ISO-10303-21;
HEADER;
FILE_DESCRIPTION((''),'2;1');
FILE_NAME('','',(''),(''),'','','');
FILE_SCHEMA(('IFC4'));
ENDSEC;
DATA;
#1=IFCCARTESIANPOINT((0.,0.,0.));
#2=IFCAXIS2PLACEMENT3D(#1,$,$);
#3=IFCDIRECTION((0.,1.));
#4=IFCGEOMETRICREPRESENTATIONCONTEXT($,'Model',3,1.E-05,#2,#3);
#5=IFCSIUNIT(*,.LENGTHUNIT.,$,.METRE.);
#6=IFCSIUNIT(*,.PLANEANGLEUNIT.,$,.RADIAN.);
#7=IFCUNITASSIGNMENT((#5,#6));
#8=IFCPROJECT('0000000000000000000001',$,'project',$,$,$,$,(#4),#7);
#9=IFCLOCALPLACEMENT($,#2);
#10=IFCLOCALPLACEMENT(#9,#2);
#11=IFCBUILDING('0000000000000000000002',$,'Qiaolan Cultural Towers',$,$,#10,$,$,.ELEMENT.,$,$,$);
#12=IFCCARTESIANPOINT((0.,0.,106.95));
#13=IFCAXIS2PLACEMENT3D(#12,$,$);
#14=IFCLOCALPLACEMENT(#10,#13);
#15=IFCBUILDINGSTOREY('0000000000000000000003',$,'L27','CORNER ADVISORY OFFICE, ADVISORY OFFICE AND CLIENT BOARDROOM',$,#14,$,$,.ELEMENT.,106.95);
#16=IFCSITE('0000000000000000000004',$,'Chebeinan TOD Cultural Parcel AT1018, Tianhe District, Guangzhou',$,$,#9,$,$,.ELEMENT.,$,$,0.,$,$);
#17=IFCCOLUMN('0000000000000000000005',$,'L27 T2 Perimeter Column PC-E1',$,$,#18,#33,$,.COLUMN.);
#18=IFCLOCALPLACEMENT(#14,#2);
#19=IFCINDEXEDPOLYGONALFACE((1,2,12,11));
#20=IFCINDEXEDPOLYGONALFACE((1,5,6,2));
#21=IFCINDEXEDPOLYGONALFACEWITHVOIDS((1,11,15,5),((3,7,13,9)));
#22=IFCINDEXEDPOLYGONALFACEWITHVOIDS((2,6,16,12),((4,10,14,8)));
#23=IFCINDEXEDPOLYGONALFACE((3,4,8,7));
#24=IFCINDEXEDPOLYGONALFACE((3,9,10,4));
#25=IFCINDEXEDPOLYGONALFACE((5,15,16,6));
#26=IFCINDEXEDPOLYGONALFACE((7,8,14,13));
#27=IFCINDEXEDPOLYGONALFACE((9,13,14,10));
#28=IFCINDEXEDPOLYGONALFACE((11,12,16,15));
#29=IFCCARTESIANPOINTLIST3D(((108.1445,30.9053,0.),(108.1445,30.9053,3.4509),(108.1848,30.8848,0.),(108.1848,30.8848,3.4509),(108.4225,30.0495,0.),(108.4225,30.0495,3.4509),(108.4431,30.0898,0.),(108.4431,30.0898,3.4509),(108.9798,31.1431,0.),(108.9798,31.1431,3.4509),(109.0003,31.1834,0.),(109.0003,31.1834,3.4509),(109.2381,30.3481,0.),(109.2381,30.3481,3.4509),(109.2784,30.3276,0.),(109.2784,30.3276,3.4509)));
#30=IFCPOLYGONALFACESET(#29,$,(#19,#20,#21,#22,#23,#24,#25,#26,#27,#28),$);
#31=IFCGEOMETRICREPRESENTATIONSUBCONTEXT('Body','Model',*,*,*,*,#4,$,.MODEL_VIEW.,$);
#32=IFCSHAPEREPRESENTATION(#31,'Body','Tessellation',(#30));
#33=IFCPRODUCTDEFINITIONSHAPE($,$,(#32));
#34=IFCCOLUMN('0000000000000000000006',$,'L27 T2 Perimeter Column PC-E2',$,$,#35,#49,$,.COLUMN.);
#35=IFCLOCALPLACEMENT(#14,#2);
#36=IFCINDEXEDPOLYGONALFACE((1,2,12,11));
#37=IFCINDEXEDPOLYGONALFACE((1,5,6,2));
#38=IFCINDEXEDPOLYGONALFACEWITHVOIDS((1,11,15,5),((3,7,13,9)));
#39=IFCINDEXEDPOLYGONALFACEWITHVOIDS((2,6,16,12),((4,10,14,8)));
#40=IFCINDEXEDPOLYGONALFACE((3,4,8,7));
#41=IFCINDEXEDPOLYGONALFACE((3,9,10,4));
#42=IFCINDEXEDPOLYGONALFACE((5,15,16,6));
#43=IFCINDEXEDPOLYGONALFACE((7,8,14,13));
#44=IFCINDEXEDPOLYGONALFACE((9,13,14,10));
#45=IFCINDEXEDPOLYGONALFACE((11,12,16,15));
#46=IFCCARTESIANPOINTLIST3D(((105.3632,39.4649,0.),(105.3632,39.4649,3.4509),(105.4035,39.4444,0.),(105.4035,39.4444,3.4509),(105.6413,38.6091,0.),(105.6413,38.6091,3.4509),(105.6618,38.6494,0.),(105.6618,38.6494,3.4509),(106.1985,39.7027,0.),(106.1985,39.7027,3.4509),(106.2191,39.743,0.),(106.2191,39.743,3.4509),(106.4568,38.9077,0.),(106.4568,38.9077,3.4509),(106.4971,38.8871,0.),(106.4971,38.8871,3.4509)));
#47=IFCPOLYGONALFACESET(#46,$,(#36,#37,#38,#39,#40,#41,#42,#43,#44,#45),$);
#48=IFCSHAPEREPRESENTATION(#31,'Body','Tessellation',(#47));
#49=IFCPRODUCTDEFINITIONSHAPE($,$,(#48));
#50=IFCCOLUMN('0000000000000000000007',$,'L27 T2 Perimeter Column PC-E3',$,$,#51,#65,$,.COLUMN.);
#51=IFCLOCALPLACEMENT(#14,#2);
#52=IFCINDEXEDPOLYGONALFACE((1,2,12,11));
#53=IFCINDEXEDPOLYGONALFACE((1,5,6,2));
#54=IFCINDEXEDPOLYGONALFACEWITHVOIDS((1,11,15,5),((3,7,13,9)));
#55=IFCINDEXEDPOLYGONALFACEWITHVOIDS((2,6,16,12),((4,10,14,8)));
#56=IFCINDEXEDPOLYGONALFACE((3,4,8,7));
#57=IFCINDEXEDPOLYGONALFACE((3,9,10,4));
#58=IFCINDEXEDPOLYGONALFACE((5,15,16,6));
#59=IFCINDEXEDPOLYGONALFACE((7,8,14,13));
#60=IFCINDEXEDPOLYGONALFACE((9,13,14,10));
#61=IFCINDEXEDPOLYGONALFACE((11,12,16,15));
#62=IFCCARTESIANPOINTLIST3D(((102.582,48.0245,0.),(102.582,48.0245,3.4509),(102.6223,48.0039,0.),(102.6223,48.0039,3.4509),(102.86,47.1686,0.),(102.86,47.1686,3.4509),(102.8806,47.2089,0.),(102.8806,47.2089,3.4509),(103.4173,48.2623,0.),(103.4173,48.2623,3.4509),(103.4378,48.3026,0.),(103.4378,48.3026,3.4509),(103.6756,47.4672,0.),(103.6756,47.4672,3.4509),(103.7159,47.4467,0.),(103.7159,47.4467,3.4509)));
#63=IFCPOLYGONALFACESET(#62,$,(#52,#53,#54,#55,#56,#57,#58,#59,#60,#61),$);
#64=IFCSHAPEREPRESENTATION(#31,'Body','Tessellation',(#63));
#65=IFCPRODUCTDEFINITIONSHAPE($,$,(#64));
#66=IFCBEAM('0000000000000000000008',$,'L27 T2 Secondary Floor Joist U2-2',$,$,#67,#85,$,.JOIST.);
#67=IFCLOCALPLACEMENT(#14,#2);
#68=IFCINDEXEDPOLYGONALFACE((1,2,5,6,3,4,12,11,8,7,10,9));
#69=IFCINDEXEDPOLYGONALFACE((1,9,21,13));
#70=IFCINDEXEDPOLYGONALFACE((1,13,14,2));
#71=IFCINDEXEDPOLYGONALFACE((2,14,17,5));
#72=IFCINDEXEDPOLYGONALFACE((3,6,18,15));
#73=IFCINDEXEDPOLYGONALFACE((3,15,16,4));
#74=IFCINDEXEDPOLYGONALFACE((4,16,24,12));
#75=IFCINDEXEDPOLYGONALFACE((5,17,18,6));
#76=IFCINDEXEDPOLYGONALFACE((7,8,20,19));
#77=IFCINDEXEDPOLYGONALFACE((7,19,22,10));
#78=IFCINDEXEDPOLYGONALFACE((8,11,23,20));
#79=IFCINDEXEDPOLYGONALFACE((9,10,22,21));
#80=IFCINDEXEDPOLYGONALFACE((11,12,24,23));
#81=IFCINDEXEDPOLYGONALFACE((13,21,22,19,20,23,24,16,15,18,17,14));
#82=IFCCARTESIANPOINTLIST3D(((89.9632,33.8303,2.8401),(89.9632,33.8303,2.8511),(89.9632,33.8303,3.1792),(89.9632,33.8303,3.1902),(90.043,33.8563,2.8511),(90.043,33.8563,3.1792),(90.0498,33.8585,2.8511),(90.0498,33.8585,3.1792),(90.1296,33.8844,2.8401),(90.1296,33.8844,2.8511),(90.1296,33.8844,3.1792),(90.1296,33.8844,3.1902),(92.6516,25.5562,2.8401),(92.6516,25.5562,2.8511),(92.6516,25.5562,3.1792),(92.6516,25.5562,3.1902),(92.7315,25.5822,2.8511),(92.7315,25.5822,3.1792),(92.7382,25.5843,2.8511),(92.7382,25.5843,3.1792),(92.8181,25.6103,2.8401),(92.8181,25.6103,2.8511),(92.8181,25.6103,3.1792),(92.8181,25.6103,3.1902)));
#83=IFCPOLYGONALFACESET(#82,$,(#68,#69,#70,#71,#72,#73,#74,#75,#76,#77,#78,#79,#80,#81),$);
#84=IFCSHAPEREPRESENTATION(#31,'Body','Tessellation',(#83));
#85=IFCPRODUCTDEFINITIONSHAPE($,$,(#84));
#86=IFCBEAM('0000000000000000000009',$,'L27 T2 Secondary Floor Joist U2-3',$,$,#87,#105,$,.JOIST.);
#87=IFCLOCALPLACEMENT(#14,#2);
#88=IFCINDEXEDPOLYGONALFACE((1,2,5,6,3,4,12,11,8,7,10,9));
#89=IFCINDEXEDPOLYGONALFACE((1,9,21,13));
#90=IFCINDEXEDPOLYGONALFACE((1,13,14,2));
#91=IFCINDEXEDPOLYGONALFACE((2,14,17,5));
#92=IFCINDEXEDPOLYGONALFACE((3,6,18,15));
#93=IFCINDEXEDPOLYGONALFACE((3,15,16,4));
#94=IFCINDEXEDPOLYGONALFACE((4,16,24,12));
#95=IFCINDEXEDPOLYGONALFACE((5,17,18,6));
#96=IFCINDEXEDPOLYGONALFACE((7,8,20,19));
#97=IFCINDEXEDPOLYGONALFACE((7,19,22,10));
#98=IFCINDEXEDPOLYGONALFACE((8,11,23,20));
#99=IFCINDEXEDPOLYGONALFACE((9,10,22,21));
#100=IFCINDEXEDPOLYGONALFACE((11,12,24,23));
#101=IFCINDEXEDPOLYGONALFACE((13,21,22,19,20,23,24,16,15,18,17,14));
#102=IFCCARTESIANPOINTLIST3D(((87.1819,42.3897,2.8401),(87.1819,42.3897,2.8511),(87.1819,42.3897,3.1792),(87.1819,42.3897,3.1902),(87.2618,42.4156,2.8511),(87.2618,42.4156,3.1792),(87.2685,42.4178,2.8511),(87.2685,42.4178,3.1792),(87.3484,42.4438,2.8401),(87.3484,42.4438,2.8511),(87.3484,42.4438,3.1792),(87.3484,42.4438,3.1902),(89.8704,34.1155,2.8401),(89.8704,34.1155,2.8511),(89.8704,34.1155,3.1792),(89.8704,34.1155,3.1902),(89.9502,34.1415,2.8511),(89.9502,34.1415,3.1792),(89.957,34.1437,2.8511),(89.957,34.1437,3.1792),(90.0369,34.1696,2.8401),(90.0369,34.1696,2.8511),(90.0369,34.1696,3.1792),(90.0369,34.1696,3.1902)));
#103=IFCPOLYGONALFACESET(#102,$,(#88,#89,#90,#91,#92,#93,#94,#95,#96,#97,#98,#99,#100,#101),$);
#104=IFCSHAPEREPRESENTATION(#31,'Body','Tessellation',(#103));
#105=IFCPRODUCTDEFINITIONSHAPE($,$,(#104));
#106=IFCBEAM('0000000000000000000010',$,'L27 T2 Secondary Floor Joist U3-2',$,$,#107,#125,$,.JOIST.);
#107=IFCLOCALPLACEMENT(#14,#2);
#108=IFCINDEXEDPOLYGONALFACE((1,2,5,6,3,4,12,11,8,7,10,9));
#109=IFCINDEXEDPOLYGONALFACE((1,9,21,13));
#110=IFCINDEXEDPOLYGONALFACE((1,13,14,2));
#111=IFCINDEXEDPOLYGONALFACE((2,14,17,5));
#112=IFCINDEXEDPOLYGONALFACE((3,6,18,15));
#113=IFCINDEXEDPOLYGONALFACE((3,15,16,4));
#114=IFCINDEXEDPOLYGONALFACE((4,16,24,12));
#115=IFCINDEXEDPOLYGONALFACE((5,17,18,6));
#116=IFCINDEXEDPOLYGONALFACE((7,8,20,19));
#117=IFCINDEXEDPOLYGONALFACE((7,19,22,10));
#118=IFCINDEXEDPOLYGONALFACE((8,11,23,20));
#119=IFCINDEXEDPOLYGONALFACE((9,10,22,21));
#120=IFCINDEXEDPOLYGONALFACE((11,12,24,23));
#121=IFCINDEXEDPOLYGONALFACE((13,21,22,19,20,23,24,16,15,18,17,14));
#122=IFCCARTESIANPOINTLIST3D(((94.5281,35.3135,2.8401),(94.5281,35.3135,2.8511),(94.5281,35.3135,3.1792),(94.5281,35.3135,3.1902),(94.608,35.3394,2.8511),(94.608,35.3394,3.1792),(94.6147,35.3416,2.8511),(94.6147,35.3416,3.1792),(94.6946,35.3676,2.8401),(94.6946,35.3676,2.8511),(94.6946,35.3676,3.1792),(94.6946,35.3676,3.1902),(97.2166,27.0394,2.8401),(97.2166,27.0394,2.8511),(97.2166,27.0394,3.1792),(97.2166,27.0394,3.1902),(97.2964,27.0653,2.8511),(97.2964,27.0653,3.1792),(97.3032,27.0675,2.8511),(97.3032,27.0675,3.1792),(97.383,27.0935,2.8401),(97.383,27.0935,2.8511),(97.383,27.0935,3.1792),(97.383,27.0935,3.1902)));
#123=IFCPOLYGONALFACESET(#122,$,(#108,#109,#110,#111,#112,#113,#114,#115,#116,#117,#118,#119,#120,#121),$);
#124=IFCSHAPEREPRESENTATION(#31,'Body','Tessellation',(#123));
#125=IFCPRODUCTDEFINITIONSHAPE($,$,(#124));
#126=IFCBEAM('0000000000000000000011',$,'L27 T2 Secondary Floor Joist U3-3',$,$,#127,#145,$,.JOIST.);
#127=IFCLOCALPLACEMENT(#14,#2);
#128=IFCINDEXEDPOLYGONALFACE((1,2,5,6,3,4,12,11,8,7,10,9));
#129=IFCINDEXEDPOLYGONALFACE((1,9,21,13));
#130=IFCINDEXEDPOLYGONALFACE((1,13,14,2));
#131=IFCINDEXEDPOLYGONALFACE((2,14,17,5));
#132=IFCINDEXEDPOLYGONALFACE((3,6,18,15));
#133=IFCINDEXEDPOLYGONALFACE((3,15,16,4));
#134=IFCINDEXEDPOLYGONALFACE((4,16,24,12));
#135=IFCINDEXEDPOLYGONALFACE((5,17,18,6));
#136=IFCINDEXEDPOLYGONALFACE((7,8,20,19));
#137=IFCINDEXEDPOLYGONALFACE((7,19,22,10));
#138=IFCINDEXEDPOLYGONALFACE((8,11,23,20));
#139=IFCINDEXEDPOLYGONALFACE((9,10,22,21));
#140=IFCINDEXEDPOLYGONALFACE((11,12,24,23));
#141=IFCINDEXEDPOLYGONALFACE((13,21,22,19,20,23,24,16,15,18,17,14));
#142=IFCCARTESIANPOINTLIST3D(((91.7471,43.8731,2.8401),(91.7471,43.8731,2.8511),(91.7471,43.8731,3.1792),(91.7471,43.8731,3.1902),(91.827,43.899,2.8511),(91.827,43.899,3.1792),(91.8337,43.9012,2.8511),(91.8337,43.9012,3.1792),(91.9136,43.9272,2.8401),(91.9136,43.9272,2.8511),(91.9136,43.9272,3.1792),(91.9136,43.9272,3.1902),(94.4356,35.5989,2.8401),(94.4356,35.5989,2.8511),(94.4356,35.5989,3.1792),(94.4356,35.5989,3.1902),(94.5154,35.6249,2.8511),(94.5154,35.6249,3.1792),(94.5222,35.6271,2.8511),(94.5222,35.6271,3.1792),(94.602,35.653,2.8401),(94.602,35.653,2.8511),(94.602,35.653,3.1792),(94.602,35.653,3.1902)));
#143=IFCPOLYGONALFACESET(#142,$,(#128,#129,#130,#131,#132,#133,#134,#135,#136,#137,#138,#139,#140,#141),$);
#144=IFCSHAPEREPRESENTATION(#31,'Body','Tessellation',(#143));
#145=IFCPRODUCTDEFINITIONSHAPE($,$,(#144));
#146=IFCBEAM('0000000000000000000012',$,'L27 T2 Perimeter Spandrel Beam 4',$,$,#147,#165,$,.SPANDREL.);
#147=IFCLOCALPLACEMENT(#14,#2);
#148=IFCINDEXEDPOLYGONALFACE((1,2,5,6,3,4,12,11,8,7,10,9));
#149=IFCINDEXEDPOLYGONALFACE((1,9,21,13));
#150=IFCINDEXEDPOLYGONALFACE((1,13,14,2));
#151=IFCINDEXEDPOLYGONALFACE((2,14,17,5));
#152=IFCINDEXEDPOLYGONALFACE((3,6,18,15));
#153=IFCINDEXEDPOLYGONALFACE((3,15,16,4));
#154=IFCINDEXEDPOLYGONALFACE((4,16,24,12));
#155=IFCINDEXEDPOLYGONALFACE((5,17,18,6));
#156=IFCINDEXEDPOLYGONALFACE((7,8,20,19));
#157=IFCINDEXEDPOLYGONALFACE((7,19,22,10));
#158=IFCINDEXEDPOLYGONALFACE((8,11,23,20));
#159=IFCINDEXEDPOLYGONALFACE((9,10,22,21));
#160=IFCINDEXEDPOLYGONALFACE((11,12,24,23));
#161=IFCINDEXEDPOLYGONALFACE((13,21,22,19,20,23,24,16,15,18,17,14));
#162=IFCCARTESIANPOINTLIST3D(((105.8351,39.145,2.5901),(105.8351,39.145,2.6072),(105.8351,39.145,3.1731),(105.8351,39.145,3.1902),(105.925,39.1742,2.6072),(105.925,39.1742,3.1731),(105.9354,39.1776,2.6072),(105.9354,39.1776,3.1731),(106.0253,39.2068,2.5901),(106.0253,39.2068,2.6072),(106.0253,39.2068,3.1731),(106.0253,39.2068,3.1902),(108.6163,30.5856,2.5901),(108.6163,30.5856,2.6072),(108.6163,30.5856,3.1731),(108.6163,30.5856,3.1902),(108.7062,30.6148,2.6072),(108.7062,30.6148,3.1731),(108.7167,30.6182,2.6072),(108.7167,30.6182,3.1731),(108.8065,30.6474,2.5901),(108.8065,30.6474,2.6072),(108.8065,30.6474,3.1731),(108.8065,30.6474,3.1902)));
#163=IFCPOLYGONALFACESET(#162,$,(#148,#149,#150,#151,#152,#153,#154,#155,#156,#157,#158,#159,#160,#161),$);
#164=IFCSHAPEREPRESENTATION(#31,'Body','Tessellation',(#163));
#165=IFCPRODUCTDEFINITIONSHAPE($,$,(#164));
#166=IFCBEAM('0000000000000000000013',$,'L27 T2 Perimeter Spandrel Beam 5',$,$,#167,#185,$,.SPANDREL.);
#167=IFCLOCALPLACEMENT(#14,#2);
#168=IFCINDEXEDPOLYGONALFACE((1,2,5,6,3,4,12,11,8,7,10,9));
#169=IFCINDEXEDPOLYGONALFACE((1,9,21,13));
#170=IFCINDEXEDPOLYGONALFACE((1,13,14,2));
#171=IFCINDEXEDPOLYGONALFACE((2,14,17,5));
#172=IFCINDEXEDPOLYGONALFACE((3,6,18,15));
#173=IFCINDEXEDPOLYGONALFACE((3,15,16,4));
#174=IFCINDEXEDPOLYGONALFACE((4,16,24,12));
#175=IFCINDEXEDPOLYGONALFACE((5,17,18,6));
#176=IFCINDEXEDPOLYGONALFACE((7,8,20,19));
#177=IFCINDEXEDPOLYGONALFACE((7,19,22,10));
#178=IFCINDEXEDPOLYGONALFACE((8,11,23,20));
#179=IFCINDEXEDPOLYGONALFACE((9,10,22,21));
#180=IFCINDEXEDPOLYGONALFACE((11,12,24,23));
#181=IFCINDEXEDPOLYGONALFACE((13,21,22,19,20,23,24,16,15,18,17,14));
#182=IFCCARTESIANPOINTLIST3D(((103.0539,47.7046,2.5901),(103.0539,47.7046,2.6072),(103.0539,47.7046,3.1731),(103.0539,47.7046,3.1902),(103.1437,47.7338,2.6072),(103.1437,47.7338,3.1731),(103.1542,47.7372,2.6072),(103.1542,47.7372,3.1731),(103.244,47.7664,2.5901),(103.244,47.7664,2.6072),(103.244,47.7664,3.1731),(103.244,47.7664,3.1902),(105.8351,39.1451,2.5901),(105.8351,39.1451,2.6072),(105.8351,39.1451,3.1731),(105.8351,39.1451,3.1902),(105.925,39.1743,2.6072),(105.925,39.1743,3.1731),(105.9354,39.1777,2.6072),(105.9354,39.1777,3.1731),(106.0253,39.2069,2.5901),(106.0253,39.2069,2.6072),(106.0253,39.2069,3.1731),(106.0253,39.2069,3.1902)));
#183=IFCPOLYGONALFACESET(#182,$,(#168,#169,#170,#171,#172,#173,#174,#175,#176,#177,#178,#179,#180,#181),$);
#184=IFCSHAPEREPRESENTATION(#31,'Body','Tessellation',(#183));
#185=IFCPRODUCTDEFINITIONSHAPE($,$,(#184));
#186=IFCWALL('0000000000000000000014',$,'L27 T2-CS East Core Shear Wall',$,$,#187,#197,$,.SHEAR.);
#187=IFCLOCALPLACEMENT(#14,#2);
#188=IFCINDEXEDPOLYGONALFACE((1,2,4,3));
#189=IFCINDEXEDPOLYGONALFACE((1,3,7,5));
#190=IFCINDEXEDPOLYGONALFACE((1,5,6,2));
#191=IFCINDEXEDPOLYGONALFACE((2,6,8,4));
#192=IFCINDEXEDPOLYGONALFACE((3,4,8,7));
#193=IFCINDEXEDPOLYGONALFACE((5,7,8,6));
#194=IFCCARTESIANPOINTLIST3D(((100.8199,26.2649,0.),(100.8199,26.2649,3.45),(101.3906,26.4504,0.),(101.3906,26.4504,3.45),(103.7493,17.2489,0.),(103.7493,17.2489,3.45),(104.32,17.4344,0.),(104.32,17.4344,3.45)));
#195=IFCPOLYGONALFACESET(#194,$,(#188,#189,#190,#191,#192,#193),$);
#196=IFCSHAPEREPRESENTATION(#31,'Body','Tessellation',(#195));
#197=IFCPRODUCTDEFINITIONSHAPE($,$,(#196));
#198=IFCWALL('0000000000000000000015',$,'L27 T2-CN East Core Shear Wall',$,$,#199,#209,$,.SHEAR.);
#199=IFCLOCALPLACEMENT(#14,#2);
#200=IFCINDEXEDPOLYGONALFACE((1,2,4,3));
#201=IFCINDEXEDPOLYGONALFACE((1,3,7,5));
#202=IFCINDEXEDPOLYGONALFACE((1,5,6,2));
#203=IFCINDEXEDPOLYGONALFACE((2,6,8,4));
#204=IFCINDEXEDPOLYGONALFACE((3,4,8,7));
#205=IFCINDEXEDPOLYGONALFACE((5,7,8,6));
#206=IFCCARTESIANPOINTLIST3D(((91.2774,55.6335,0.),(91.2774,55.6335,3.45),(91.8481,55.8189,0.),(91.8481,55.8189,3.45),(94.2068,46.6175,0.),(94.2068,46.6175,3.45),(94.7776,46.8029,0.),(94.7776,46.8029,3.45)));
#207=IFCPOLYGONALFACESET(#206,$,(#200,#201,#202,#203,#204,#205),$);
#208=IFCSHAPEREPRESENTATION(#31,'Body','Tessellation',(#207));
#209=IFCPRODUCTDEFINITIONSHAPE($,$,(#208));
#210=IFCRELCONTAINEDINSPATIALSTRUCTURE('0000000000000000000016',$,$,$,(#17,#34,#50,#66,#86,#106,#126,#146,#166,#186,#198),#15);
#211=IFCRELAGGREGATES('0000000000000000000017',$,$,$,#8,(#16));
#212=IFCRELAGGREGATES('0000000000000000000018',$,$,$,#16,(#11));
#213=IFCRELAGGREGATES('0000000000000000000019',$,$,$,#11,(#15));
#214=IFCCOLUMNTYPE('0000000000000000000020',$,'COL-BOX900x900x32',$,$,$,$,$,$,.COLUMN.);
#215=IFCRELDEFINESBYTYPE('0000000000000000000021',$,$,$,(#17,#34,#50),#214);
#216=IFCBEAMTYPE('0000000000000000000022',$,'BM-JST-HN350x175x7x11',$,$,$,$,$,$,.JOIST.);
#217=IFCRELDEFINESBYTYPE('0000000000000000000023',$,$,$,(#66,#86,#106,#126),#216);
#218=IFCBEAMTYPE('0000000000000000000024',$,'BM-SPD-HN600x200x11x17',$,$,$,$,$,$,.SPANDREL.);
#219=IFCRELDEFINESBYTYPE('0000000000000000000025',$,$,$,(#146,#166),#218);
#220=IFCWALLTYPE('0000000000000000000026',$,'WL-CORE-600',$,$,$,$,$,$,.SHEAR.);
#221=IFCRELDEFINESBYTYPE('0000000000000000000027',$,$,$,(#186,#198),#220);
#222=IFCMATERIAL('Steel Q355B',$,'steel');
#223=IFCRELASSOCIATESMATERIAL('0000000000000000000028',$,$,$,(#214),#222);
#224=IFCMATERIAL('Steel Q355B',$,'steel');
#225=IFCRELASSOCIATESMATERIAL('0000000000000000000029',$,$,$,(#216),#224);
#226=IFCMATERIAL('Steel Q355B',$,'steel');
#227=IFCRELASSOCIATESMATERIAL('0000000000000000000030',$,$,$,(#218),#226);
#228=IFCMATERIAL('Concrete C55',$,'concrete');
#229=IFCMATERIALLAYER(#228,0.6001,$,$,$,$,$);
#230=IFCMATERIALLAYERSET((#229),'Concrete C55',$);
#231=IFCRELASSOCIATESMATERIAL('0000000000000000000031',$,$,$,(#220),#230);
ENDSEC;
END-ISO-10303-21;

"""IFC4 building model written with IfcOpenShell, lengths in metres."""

from ifc_helpers import new_model, si_unit, direction, frame, frame_2d, origin, origin_2d, place, context, subcontext, project, spatial, rectangle, hollow_rectangle, i_section, extrude, material, layer, layer_set, material_profile, profile_set, type_object, element, save


model = new_model("IFC4")

# Units and contexts
model_context = context("Model", 3, precision=1e-05, world=origin(), true_north=direction((0.0, 1.0)))
body_context = subcontext(model_context, "Body", "Model", "MODEL_VIEW")
ifc_project = project(units=[si_unit("LENGTHUNIT", "METRE"), si_unit("PLANEANGLEUNIT", "RADIAN")], contexts=[model_context])

# Site, building, storey
site_placement = place(None, origin())
site = spatial("IfcSite", under=ifc_project, at=site_placement, Name="Chebeinan TOD Cultural Parcel AT1018, Tianhe District, Guangzhou", CompositionType="ELEMENT", RefElevation=0.0)
building_placement = place(site_placement, origin())
building = spatial("IfcBuilding", under=site, at=building_placement, Name="Qiaolan Cultural Towers", CompositionType="ELEMENT")
storey_placement = place(building_placement, frame((0.0, 0.0, 106.95)))
storey = spatial("IfcBuildingStorey", under=building, at=storey_placement, Name="L27", Description="CORNER ADVISORY OFFICE, ADVISORY OFFICE AND CLIENT BOARDROOM", CompositionType="ELEMENT", Elevation=106.95)

# Columns
ifc_material_1 = material(Name="Steel Q355B", Category="steel")
ifc_material_profile_1 = material_profile(ifc_material_1, hollow_rectangle(XDim=0.8999, YDim=0.8999, WallThickness=0.032, at=origin_2d()), Name="BOX900x900x32")
ifc_profile_set_1 = profile_set([ifc_material_profile_1], Name="Steel Q355B")
column_type = type_object("IfcColumnType", Name="COL-BOX900x900x32", PredefinedType="COLUMN", material=ifc_profile_set_1)
for number, where, z_axis, x_axis, name in (
    (1, (108.7114, 30.6165, 0.0), (0.0, 0.0, 1.0), (0.951057, 0.309017, 0.0), "L27 T2 Perimeter Column PC-E1"),
    (2, (105.9302, 39.176, 0.0), (0.0, 0.0, 1.0), (0.951057, 0.309017, 0.0), "L27 T2 Perimeter Column PC-E2"),
    (3, (103.1489, 47.7356, 0.0), (0.0, 0.0, 1.0), (0.951057, 0.309017, 0.0), "L27 T2 Perimeter Column PC-E3"),
):
    element("IfcColumn", number, at=place(storey_placement, frame(where, z_axis=z_axis, x_axis=x_axis)), inside=storey, type_object=column_type, Name=name, PredefinedType="COLUMN", context=body_context, shape_type="SweptSolid", body=[
        extrude(hollow_rectangle(XDim=0.8999, YDim=0.8999, WallThickness=0.032, at=origin_2d()), origin(), (0.0, 0.0, 1.0), 3.4509),
    ])

# Beams
ifc_material_2 = material(Name="Steel Q355B", Category="steel")
ifc_material_profile_2 = material_profile(ifc_material_2, i_section(OverallWidth=0.175, OverallDepth=0.3501, WebThickness=0.0071, FlangeThickness=0.011, at=origin_2d()), Name="HN350x175x7x11")
ifc_profile_set_2 = profile_set([ifc_material_profile_2], Name="Steel Q355B")
beam_type_1 = type_object("IfcBeamType", Name="BM-JST-HN350x175x7x11", PredefinedType="JOIST", material=ifc_profile_set_2)
for number, where, z_axis, x_axis, name in (
    (4, (92.7349, 25.5833, 3.0151), (-0.309021, 0.951055, 0.0), (-0.951055, -0.309021, 0.0), "L27 T2 Secondary Floor Joist U2-2"),
    (5, (89.9536, 34.1426, 3.0151), (-0.309021, 0.951055, 0.0), (-0.951055, -0.309021, 0.0), "L27 T2 Secondary Floor Joist U2-3"),
    (6, (97.2998, 27.0664, 3.0151), (-0.309021, 0.951055, 0.0), (-0.951055, -0.309021, 0.0), "L27 T2 Secondary Floor Joist U3-2"),
    (7, (94.5188, 35.626, 3.0151), (-0.309021, 0.951055, 0.0), (-0.951055, -0.309021, 0.0), "L27 T2 Secondary Floor Joist U3-3"),
):
    element("IfcBeam", number, at=place(storey_placement, frame(where, z_axis=z_axis, x_axis=x_axis)), inside=storey, type_object=beam_type_1, Name=name, PredefinedType="JOIST", context=body_context, shape_type="SweptSolid", body=[
        extrude(i_section(OverallWidth=0.175, OverallDepth=0.3501, WebThickness=0.0071, FlangeThickness=0.011, at=origin_2d()), origin(), (0.0, 0.0, 1.0), 8.7),
    ])
ifc_material_3 = material(Name="Steel Q355B", Category="steel")
ifc_material_profile_3 = material_profile(ifc_material_3, i_section(OverallWidth=0.2, OverallDepth=0.6001, WebThickness=0.011, FlangeThickness=0.0171, at=origin_2d()), Name="HN600x200x11x17")
ifc_profile_set_3 = profile_set([ifc_material_profile_3], Name="Steel Q355B")
beam_type_2 = type_object("IfcBeamType", Name="BM-SPD-HN600x200x11x17", PredefinedType="SPANDREL", material=ifc_profile_set_3)
for number, where, z_axis, x_axis, name in (
    (8, (108.7114, 30.6165, 2.8901), (-0.309025, 0.951054, 0.0), (-0.951054, -0.309025, 0.0), "L27 T2 Perimeter Spandrel Beam 4"),
    (9, (105.9302, 39.176, 2.8901), (-0.309025, 0.951054, 0.0), (-0.951054, -0.309025, 0.0), "L27 T2 Perimeter Spandrel Beam 5"),
):
    element("IfcBeam", number, at=place(storey_placement, frame(where, z_axis=z_axis, x_axis=x_axis)), inside=storey, type_object=beam_type_2, Name=name, PredefinedType="SPANDREL", context=body_context, shape_type="SweptSolid", body=[
        extrude(i_section(OverallWidth=0.2, OverallDepth=0.6001, WebThickness=0.011, FlangeThickness=0.0171, at=origin_2d()), origin(), (0.0, 0.0, 1.0), 9.0),
    ])

# Walls
ifc_material_4 = material(Name="Concrete C55", Category="concrete")
ifc_layer_1 = layer(ifc_material_4, 0.6001)
ifc_layer_set_1 = layer_set([ifc_layer_1], Name="Concrete C55")
wall_type_1 = type_object("IfcWallType", Name="WL-CORE-600", PredefinedType="SHEAR", material=ifc_layer_set_1)
for number, where, z_axis, x_axis, name in (
    (10, (101.1052, 26.3577, 0.0), (0.0, 0.0, 1.0), (0.30901, -0.951059, 0.0), "L27 T2-CS East Core Shear Wall"),
    (11, (94.4922, 46.7102, 0.0), (0.0, 0.0, 1.0), (-0.30901, 0.951059, 0.0), "L27 T2-CN East Core Shear Wall"),
):
    element("IfcWall", number, at=place(storey_placement, frame(where, z_axis=z_axis, x_axis=x_axis)), inside=storey, type_object=wall_type_1, Name=name, PredefinedType="SHEAR", context=body_context, shape_type="SweptSolid", body=[
        extrude(rectangle(XDim=9.48, YDim=0.6001, at=frame_2d((4.74, 0.0))), origin(), (0.0, 0.0, 1.0), 3.45),
    ])

save(model, "model.ifc")
